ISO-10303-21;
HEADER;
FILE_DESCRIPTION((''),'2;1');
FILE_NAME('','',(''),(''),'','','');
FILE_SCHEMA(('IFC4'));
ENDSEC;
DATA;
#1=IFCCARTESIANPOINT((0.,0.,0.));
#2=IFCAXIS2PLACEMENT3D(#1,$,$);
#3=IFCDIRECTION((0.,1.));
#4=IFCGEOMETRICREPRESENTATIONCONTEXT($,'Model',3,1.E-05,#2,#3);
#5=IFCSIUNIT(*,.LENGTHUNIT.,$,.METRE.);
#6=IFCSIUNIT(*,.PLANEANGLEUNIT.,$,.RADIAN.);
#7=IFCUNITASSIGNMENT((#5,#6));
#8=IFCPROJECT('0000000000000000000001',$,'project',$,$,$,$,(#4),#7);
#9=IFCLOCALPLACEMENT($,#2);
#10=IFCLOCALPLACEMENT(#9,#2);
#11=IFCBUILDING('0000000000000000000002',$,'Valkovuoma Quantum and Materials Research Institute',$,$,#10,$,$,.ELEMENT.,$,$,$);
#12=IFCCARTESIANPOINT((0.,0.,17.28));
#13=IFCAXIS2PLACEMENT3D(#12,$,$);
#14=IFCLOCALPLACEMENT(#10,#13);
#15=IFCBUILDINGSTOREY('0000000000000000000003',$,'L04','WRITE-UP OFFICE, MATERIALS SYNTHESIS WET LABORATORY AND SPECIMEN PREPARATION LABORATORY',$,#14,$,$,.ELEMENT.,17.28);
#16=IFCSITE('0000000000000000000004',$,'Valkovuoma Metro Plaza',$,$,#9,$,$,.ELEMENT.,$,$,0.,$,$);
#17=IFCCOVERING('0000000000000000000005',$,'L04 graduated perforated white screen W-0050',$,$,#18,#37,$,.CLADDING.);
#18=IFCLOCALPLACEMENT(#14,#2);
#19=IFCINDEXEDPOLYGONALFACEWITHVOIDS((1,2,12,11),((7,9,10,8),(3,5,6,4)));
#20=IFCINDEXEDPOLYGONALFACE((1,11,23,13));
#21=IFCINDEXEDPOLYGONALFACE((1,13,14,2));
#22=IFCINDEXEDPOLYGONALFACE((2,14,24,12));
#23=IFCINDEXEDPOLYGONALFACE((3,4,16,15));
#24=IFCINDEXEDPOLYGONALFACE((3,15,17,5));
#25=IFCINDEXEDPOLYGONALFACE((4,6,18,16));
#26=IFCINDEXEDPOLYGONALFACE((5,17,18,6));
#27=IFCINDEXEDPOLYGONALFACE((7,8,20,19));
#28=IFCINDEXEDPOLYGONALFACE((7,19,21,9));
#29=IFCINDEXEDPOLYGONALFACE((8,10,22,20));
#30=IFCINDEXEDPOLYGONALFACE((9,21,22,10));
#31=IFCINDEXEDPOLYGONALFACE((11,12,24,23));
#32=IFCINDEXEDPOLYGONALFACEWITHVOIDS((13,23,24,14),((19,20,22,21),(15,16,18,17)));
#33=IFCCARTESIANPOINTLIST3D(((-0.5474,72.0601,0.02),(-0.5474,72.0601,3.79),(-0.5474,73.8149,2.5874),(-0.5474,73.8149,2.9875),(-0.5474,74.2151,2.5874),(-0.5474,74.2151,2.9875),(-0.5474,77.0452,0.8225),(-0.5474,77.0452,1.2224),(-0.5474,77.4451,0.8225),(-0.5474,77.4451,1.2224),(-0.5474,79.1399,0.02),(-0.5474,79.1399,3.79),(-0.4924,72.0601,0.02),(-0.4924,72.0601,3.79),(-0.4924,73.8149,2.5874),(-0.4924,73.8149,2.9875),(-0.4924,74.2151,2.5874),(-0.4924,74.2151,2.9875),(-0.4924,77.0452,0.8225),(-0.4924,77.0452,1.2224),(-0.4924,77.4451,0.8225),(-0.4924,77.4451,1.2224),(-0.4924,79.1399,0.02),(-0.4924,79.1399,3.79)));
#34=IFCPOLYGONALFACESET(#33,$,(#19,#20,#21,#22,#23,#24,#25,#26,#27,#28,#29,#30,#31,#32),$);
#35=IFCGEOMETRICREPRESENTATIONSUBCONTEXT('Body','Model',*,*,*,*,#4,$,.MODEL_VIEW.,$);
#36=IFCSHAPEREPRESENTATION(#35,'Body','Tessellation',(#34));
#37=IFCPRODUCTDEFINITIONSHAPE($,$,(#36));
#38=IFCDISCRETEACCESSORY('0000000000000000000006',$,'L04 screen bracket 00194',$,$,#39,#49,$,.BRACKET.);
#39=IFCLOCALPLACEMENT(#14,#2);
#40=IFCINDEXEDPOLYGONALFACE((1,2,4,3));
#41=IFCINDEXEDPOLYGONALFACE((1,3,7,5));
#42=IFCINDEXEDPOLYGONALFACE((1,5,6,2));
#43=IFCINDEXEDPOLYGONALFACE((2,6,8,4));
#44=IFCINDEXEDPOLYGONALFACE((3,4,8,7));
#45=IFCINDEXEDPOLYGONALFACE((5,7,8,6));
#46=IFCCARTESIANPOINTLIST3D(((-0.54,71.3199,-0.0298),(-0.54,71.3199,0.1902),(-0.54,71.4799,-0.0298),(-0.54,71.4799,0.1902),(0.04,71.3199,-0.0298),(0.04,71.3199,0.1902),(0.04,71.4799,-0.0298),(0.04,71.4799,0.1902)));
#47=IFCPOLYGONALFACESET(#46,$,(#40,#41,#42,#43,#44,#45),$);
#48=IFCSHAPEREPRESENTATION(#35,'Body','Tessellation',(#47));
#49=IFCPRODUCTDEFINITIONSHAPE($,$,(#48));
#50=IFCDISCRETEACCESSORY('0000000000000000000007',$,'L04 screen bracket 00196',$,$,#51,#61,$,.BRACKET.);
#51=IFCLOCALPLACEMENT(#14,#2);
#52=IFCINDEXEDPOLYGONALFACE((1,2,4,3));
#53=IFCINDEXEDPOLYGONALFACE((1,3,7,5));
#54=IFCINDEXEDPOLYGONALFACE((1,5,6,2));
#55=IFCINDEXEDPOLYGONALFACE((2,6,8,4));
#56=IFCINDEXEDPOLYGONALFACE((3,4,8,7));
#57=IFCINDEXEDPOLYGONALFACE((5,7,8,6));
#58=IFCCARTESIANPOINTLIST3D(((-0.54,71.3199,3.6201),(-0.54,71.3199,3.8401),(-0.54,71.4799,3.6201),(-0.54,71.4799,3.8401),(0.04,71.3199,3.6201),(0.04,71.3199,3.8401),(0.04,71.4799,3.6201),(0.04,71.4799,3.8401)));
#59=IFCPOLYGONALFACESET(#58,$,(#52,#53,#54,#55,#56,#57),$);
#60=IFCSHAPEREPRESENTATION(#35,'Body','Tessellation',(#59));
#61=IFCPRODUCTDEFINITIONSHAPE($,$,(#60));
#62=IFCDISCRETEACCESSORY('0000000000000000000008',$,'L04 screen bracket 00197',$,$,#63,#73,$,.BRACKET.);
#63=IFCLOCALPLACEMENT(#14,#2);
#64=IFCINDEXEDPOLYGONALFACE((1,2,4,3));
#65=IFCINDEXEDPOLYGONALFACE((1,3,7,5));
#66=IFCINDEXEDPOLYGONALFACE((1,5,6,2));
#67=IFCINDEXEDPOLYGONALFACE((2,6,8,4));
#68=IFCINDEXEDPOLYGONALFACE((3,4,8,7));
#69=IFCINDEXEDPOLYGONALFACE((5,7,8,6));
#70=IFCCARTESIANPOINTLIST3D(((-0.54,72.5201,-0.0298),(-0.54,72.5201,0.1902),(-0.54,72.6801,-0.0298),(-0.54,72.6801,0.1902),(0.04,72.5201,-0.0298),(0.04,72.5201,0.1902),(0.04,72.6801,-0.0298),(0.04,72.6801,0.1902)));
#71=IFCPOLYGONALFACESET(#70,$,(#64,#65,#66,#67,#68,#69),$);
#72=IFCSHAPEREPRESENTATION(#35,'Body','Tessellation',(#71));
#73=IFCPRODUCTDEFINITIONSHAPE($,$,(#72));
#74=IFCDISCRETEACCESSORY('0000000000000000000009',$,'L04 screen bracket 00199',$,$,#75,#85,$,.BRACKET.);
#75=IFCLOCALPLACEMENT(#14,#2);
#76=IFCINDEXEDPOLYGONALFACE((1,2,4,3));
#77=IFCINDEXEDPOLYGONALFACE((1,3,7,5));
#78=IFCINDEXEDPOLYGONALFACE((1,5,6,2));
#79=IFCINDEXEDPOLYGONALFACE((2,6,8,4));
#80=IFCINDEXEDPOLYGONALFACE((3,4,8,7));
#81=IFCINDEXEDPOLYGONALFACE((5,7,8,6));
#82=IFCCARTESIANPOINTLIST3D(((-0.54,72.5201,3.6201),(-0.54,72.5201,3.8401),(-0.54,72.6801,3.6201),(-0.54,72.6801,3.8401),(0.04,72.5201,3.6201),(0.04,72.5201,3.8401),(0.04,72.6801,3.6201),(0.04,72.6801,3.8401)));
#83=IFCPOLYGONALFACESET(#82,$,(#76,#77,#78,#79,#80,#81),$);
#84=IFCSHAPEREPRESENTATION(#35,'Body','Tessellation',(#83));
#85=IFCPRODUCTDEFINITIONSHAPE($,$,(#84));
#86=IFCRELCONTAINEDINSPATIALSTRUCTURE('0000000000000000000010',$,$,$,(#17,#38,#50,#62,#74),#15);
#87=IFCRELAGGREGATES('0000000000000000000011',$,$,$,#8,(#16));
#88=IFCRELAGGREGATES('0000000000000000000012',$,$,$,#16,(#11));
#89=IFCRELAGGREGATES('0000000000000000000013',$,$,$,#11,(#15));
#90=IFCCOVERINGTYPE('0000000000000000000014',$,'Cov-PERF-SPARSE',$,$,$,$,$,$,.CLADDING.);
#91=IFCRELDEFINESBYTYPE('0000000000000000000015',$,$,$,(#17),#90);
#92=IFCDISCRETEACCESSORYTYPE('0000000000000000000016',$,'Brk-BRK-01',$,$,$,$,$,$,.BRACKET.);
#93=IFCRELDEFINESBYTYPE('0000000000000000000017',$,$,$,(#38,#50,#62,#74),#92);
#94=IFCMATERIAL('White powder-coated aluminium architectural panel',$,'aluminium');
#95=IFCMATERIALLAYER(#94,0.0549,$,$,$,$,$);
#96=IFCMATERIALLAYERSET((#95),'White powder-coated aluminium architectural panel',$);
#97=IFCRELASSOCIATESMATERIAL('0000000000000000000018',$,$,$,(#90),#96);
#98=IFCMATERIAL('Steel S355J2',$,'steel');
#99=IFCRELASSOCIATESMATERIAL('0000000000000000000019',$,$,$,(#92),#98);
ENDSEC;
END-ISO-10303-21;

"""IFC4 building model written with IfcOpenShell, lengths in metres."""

from ifc_helpers import new_model, si_unit, direction, frame, origin, origin_2d, place, context, subcontext, project, spatial, polyline, rectangle, outline, extrude, material, layer, layer_set, type_object, element, save


model = new_model("IFC4")

# Units and contexts
model_context = context("Model", 3, precision=1e-05, world=origin(), true_north=direction((0.0, 1.0)))
body_context = subcontext(model_context, "Body", "Model", "MODEL_VIEW")
ifc_project = project(units=[si_unit("LENGTHUNIT", "METRE"), si_unit("PLANEANGLEUNIT", "RADIAN")], contexts=[model_context])

# Site, building, storey
site_placement = place(None, origin())
site = spatial("IfcSite", under=ifc_project, at=site_placement, Name="Valkovuoma Metro Plaza", CompositionType="ELEMENT", RefElevation=0.0)
building_placement = place(site_placement, origin())
building = spatial("IfcBuilding", under=site, at=building_placement, Name="Valkovuoma Quantum and Materials Research Institute", CompositionType="ELEMENT")
storey_placement = place(building_placement, frame((0.0, 0.0, 17.28)))
storey = spatial("IfcBuildingStorey", under=building, at=storey_placement, Name="L04", Description="WRITE-UP OFFICE, MATERIALS SYNTHESIS WET LABORATORY AND SPECIMEN PREPARATION LABORATORY", CompositionType="ELEMENT", Elevation=17.28)

# Covering
ifc_material_1 = material(Name="White powder-coated aluminium architectural panel", Category="aluminium")
ifc_layer_1 = layer(ifc_material_1, 0.0549)
ifc_layer_set_1 = layer_set([ifc_layer_1], Name="White powder-coated aluminium architectural panel")
covering_type = type_object("IfcCoveringType", Name="Cov-PERF-SPARSE", PredefinedType="CLADDING", material=ifc_layer_set_1)
covering_placement = place(storey_placement, frame((-0.52, 72.0601, 0.02), z_axis=(0.0, 0.0, 1.0), x_axis=(0.0, 1.0, 0.0)))
element("IfcCovering", 1, at=covering_placement, inside=storey, type_object=covering_type, Name="L04 graduated perforated white screen W-0050", PredefinedType="CLADDING", context=body_context, shape_type="SweptSolid", body=[
    extrude(outline(polyline([(0.0, 0.0), (7.0798, 0.0), (7.0798, 3.77), (0.0, 3.77), (0.0, 0.0)]), holes=[polyline([(1.7549, 2.5674), (1.7549, 2.9675), (2.155, 2.9675), (2.155, 2.5674), (1.7549, 2.5674)]), polyline([(4.9851, 0.8025), (4.9851, 1.2024), (5.385, 1.2024), (5.385, 0.8025), (4.9851, 0.8025)])]), frame((0.0, 0.0273, 0.0), z_axis=(0.0, -1.0, 0.0), x_axis=(1.0, 0.0, 0.0)), (0.0, 0.0, 1.0), 0.0549),
])

# Discrete accessories
ifc_material_2 = material(Name="Steel S355J2", Category="steel")
discrete_accessory_type = type_object("IfcDiscreteAccessoryType", Name="Brk-BRK-01", PredefinedType="BRACKET", material=ifc_material_2)
for number, where, z_axis, x_axis, name in (
    (2, (-0.25, 71.3999, -0.0298), (0.0, 0.0, 1.0), (1.0, 0.0, 0.0), "L04 screen bracket 00194"),
    (3, (-0.25, 71.3999, 3.6201), (0.0, 0.0, 1.0), (1.0, 0.0, 0.0), "L04 screen bracket 00196"),
    (4, (-0.25, 72.6001, -0.0298), (0.0, 0.0, 1.0), (1.0, 0.0, 0.0), "L04 screen bracket 00197"),
    (5, (-0.25, 72.6001, 3.6201), (0.0, 0.0, 1.0), (1.0, 0.0, 0.0), "L04 screen bracket 00199"),
):
    element("IfcDiscreteAccessory", number, at=place(storey_placement, frame(where, z_axis=z_axis, x_axis=x_axis)), inside=storey, type_object=discrete_accessory_type, Name=name, PredefinedType="BRACKET", context=body_context, shape_type="SweptSolid", body=[
        extrude(rectangle(XDim=0.5801, YDim=0.1599, at=origin_2d()), origin(), (0.0, 0.0, 1.0), 0.22),
    ])

save(model, "model.ifc")
